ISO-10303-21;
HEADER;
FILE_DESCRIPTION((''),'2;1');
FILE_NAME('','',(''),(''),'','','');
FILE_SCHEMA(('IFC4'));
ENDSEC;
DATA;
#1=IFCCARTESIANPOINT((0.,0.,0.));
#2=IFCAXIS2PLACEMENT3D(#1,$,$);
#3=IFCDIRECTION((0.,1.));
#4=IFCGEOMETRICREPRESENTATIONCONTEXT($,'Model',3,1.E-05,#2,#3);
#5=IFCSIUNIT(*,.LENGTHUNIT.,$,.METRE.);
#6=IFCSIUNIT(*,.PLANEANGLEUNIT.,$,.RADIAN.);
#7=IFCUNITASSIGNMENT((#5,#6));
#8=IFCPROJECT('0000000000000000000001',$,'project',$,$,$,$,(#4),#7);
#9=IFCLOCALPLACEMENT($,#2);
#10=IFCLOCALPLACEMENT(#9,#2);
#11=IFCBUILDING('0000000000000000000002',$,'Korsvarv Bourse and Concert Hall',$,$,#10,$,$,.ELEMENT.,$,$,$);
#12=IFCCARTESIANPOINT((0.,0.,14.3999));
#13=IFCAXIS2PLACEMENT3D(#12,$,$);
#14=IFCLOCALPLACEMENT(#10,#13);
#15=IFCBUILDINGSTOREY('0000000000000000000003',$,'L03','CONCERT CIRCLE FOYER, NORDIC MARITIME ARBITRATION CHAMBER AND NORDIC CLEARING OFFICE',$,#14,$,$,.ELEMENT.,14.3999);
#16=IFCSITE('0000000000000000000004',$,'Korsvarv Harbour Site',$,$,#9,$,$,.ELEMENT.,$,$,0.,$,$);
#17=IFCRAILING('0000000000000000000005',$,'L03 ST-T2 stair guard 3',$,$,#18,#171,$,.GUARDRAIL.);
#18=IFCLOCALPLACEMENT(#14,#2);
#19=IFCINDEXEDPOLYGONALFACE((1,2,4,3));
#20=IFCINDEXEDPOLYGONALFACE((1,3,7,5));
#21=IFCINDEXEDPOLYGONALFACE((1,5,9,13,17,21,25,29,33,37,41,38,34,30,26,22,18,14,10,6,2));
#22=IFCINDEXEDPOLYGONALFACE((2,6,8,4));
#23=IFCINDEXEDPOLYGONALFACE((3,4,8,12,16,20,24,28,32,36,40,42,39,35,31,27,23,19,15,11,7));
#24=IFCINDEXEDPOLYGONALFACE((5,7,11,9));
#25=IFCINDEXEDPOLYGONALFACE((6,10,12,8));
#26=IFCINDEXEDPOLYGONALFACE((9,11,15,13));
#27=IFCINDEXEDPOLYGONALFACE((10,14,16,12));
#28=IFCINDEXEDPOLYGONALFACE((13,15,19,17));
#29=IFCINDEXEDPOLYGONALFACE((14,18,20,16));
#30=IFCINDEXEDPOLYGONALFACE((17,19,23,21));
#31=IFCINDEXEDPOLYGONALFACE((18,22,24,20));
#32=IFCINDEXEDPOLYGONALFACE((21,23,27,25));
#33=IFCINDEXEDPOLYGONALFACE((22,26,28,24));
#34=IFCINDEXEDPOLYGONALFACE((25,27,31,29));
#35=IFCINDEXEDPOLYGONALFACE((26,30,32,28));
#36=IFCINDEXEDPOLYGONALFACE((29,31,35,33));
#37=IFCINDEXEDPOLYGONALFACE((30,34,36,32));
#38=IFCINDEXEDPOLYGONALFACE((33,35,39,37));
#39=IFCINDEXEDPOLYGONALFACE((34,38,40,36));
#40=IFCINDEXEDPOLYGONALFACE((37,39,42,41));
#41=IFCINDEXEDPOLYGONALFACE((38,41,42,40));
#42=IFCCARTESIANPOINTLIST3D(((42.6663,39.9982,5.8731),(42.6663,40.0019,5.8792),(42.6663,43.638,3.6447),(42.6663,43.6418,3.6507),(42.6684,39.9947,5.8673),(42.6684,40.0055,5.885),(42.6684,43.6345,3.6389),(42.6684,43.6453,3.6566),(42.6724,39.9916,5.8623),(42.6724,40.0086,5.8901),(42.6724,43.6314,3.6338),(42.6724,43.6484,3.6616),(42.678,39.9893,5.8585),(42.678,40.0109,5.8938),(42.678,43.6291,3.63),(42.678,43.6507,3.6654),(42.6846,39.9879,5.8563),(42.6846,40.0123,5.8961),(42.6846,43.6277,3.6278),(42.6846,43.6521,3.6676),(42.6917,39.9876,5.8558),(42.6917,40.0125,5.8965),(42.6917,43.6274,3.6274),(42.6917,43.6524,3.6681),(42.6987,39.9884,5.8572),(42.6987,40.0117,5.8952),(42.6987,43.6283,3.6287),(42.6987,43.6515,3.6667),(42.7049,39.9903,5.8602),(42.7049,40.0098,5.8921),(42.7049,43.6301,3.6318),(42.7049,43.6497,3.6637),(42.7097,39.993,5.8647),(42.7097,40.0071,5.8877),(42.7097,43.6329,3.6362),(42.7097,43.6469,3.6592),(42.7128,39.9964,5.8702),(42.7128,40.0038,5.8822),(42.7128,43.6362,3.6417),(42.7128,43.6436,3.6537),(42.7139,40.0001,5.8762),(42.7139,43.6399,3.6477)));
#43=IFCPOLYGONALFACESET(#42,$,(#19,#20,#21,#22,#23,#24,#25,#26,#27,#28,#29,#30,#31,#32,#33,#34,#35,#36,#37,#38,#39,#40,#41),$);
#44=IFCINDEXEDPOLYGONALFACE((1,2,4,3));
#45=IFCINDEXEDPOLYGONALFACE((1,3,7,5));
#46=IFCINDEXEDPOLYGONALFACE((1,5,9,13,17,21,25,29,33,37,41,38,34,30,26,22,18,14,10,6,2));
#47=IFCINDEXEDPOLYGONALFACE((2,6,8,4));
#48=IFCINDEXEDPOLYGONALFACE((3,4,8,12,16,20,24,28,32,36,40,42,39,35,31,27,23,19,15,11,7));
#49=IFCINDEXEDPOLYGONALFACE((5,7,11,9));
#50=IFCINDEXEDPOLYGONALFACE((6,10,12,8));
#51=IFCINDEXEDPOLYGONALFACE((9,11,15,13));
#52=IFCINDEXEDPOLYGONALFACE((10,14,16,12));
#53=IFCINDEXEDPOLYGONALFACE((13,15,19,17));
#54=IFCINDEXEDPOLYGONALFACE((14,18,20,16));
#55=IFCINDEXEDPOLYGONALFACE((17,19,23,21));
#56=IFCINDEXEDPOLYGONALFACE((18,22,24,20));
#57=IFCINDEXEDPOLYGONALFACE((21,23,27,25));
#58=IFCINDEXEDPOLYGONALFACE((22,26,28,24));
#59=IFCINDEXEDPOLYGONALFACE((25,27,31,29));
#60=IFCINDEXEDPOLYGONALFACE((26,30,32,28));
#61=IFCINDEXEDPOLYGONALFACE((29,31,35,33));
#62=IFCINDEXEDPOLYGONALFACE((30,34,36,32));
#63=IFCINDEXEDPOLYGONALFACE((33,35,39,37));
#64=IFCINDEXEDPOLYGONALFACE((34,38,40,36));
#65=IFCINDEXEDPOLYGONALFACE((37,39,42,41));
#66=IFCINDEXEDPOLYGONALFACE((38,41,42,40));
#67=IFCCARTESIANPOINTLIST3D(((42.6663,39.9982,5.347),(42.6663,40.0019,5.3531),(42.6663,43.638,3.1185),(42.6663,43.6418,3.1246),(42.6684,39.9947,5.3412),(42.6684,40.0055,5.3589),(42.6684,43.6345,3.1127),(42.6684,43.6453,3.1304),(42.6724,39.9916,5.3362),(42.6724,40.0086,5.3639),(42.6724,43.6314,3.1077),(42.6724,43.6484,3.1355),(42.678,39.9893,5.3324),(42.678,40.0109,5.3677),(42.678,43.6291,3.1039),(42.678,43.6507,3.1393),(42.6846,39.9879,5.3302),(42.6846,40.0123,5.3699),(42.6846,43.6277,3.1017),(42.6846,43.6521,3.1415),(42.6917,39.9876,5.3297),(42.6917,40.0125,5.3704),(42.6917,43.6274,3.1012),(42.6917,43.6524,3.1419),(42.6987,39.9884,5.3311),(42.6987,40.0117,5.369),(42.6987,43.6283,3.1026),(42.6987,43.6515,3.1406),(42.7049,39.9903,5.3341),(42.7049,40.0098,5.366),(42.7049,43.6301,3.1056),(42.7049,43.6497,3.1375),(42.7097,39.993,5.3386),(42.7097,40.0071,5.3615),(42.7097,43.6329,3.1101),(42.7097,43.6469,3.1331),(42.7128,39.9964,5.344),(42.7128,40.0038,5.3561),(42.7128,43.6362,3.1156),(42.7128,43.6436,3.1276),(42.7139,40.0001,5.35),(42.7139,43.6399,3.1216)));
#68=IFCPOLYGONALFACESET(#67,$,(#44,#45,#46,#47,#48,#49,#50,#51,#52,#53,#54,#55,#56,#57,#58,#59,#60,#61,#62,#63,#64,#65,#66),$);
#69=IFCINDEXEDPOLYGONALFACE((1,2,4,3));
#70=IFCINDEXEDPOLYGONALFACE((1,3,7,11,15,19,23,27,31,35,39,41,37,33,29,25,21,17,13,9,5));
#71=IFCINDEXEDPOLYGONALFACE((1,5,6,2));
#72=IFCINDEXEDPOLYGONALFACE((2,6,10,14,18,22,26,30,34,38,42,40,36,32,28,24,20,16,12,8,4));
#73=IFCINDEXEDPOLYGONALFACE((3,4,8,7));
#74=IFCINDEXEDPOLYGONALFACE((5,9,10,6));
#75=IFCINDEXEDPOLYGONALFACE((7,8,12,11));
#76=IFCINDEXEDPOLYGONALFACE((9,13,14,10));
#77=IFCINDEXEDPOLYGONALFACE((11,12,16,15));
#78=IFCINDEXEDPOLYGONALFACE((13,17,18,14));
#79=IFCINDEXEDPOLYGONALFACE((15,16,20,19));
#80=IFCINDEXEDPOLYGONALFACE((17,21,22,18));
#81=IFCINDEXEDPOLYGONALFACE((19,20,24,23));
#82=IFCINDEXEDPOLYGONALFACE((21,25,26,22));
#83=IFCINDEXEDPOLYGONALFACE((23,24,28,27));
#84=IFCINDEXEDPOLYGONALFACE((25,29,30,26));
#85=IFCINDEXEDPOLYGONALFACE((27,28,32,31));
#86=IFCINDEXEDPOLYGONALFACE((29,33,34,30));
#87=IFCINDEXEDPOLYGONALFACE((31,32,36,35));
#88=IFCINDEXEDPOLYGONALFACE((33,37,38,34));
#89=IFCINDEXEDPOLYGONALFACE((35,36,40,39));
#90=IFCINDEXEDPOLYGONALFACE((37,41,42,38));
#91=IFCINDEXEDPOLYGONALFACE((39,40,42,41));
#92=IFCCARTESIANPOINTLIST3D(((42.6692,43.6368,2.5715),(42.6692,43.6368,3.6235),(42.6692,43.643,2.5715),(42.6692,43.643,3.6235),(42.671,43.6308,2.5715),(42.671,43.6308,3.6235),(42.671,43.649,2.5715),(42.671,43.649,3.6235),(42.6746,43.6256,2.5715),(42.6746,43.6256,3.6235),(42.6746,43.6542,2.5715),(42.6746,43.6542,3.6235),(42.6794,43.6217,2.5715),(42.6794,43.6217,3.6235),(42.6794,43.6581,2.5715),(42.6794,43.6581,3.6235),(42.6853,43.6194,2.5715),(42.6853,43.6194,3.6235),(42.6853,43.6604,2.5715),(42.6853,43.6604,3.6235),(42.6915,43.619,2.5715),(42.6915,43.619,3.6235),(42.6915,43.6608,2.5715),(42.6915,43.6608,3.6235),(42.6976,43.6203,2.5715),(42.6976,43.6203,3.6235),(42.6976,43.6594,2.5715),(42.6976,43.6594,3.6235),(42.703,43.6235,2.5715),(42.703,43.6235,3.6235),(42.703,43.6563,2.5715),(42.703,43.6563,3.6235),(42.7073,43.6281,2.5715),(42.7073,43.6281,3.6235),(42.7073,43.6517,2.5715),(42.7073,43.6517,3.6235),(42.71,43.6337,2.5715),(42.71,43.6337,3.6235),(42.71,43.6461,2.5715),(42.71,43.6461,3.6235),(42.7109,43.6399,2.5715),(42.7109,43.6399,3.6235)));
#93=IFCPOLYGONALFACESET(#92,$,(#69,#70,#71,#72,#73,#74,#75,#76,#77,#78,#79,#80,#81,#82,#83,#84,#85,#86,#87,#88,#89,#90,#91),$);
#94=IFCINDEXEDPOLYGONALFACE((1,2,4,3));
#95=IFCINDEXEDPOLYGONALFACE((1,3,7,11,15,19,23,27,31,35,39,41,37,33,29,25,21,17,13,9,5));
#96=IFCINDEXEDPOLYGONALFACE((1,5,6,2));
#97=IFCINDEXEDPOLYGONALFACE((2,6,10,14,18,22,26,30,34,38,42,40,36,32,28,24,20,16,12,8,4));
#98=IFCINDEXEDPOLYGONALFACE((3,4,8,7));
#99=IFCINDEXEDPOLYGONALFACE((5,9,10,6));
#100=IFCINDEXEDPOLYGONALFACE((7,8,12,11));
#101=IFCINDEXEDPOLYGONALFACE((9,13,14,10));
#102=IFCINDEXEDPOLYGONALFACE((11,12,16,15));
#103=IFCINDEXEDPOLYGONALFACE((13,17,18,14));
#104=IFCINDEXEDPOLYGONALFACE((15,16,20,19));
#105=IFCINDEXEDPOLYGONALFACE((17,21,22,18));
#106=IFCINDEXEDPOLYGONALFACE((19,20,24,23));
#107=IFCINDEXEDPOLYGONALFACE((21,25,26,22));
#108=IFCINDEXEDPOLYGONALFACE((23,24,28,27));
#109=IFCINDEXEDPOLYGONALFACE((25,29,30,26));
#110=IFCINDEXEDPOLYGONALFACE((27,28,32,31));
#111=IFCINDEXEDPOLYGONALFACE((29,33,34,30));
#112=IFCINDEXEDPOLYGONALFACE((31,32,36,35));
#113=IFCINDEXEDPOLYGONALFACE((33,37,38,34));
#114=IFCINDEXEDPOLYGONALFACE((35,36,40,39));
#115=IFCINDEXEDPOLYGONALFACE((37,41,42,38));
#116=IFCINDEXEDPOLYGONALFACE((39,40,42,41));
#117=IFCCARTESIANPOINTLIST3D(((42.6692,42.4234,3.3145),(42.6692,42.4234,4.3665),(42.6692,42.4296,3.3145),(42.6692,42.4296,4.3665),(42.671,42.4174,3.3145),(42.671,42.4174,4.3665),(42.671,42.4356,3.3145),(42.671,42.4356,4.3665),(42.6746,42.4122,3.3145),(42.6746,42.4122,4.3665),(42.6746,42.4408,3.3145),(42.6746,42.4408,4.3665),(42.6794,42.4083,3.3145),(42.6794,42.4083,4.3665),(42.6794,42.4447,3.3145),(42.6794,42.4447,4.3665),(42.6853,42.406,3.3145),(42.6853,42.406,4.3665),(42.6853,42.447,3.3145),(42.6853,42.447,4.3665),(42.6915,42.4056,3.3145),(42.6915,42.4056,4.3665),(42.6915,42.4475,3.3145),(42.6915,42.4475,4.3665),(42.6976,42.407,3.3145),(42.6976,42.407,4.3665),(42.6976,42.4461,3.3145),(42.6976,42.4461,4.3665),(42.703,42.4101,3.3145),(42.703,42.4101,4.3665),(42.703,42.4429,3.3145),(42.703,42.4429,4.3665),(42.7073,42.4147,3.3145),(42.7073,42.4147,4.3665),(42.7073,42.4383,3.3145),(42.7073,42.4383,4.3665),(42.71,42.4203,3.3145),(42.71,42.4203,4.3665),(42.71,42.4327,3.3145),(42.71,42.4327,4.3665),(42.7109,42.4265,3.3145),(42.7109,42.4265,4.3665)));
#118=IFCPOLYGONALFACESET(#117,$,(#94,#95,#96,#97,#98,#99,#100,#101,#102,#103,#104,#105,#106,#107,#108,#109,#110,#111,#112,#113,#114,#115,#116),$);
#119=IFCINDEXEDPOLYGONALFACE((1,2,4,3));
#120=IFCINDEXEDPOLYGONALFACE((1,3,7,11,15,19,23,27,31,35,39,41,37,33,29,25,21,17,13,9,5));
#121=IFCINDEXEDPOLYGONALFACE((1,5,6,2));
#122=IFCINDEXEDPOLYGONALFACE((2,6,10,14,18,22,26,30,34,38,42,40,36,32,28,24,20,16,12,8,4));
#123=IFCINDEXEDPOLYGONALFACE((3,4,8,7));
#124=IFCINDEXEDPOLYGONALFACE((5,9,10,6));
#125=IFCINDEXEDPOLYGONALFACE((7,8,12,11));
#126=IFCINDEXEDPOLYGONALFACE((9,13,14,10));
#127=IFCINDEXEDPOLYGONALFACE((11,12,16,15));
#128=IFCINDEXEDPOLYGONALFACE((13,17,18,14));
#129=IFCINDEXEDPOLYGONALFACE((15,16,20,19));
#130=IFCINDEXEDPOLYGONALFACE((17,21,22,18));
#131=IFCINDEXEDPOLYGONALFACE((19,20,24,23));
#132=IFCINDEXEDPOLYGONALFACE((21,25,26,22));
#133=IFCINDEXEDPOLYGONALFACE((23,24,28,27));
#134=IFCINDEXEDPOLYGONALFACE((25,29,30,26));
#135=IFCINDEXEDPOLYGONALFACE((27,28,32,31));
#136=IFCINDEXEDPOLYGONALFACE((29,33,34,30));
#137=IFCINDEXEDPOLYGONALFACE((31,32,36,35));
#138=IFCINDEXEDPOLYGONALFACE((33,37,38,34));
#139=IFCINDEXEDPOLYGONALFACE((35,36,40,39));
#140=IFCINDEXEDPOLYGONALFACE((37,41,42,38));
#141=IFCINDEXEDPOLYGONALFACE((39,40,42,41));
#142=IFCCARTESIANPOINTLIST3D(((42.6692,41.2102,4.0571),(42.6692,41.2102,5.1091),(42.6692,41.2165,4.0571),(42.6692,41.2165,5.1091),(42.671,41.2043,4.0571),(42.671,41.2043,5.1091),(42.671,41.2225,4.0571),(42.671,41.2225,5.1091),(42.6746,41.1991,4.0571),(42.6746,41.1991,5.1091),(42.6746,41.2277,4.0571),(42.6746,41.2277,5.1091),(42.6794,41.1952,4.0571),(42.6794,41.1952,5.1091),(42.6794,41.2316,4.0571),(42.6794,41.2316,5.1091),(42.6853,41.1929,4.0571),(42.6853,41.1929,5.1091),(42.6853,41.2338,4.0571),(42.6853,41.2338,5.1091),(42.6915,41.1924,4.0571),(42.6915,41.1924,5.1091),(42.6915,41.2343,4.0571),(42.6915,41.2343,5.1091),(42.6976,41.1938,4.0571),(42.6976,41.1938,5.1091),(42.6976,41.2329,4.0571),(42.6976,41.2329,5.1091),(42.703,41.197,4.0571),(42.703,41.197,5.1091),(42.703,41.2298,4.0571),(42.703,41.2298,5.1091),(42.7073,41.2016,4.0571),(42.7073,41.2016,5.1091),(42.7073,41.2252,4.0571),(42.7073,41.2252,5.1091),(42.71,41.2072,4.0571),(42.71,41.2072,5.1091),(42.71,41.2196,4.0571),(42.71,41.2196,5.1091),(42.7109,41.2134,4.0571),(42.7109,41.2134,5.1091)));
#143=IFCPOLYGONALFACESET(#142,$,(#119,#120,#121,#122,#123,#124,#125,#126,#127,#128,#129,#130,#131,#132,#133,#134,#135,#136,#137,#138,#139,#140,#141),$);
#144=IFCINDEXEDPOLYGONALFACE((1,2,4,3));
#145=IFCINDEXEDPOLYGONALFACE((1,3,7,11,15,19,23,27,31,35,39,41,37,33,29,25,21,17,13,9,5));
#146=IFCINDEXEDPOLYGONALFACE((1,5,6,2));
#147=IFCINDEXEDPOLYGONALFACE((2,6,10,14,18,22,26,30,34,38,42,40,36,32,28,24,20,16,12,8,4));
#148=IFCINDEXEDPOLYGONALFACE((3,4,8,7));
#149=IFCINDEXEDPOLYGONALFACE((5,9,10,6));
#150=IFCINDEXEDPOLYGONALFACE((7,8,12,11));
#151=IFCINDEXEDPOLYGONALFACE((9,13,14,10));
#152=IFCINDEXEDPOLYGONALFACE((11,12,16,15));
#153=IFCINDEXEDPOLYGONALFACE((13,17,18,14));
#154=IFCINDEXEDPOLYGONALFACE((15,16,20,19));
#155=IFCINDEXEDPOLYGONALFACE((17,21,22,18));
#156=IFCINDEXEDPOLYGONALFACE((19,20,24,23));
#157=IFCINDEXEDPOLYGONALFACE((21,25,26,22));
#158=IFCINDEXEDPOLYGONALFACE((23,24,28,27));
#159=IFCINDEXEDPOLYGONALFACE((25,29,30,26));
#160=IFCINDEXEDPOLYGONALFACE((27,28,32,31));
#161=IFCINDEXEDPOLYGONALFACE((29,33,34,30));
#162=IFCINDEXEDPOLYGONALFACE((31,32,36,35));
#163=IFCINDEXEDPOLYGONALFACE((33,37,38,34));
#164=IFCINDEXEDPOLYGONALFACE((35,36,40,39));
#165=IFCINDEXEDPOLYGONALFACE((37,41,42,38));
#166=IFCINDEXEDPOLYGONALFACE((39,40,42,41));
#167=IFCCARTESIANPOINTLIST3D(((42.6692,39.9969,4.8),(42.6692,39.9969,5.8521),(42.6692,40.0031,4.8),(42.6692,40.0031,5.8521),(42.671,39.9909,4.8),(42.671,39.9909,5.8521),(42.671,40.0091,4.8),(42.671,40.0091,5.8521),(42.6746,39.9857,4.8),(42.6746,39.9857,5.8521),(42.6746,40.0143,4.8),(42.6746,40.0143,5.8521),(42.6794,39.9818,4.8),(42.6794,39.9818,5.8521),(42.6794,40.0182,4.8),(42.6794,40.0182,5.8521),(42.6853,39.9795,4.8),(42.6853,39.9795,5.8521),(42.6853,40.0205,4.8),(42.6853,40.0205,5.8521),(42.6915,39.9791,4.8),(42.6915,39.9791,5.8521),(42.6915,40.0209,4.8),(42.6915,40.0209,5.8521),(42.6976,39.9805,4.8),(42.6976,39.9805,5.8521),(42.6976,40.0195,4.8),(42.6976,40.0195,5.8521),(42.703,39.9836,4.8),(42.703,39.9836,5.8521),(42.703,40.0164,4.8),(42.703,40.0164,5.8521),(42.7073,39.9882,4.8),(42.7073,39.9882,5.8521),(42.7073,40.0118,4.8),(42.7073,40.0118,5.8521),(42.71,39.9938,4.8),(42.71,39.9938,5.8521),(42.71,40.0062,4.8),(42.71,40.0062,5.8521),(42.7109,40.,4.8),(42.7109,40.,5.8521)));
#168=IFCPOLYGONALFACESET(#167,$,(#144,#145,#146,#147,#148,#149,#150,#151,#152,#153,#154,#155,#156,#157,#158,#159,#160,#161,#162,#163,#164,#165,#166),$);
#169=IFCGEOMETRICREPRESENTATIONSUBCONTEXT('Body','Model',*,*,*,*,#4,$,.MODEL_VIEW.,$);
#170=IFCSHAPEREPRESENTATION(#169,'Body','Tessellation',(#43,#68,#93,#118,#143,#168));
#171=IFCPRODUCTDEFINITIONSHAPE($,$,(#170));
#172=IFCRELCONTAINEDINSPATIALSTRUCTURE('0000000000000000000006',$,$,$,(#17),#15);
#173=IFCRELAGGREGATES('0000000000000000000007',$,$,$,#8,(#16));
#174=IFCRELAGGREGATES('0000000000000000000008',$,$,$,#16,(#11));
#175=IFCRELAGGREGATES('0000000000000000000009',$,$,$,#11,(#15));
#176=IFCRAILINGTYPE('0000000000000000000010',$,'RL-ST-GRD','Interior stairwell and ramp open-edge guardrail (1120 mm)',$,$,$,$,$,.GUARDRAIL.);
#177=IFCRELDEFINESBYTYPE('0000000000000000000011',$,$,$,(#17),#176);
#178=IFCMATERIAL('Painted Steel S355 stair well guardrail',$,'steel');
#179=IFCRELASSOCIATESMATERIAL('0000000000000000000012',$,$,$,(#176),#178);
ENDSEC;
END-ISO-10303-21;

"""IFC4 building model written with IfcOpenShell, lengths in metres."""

from ifc_helpers import new_model, si_unit, direction, frame, origin, origin_2d, place, context, subcontext, project, spatial, circle, extrude, material, type_object, element, save


model = new_model("IFC4")

# Units and contexts
model_context = context("Model", 3, precision=1e-05, world=origin(), true_north=direction((0.0, 1.0)))
body_context = subcontext(model_context, "Body", "Model", "MODEL_VIEW")
ifc_project = project(units=[si_unit("LENGTHUNIT", "METRE"), si_unit("PLANEANGLEUNIT", "RADIAN")], contexts=[model_context])

# Site, building, storey
site_placement = place(None, origin())
site = spatial("IfcSite", under=ifc_project, at=site_placement, Name="Korsvarv Harbour Site", CompositionType="ELEMENT", RefElevation=0.0)
building_placement = place(site_placement, origin())
building = spatial("IfcBuilding", under=site, at=building_placement, Name="Korsvarv Bourse and Concert Hall", CompositionType="ELEMENT")
storey_placement = place(building_placement, frame((0.0, 0.0, 14.3999)))
storey = spatial("IfcBuildingStorey", under=building, at=storey_placement, Name="L03", Description="CONCERT CIRCLE FOYER, NORDIC MARITIME ARBITRATION CHAMBER AND NORDIC CLEARING OFFICE", CompositionType="ELEMENT", Elevation=14.3999)

# Railing
ifc_material_1 = material(Name="Painted Steel S355 stair well guardrail", Category="steel")
railing_type_1 = type_object("IfcRailingType", Name="RL-ST-GRD", Description="Interior stairwell and ramp open-edge guardrail (1120 mm)", PredefinedType="GUARDRAIL", material=ifc_material_1)
railing_1_placement = place(storey_placement, frame((42.6899, 43.6399, 2.5715)))
element("IfcRailing", 1, at=railing_1_placement, inside=storey, type_object=railing_type_1, Name="L03 ST-T2 stair guard 3", PredefinedType="GUARDRAIL", context=body_context, shape_type="SweptSolid", body=[
    extrude(circle(Radius=0.0239, at=origin_2d()), frame((0.0, 0.0, 1.0762), z_axis=(0.0, -0.85285, 0.522156), x_axis=(1.0, 0.0, 0.0)), (0.0, 0.0, 1.0), 4.2678),
    extrude(circle(Radius=0.0239, at=origin_2d()), frame((0.0, 0.0, 0.55), z_axis=(0.0, -0.85285, 0.522156), x_axis=(1.0, 0.0, 0.0)), (0.0, 0.0, 1.0), 4.2678),
    extrude(circle(Radius=0.021, at=origin_2d()), origin(), (0.0, 0.0, 1.0), 1.052),
    extrude(circle(Radius=0.021, at=origin_2d()), frame((0.0, -1.2134, 0.7429)), (0.0, 0.0, 1.0), 1.052),
    extrude(circle(Radius=0.021, at=origin_2d()), frame((0.0, -2.4265, 1.4856)), (0.0, 0.0, 1.0), 1.052),
    extrude(circle(Radius=0.021, at=origin_2d()), frame((0.0, -3.6399, 2.2285)), (0.0, 0.0, 1.0), 1.052),
])

save(model, "model.ifc")
